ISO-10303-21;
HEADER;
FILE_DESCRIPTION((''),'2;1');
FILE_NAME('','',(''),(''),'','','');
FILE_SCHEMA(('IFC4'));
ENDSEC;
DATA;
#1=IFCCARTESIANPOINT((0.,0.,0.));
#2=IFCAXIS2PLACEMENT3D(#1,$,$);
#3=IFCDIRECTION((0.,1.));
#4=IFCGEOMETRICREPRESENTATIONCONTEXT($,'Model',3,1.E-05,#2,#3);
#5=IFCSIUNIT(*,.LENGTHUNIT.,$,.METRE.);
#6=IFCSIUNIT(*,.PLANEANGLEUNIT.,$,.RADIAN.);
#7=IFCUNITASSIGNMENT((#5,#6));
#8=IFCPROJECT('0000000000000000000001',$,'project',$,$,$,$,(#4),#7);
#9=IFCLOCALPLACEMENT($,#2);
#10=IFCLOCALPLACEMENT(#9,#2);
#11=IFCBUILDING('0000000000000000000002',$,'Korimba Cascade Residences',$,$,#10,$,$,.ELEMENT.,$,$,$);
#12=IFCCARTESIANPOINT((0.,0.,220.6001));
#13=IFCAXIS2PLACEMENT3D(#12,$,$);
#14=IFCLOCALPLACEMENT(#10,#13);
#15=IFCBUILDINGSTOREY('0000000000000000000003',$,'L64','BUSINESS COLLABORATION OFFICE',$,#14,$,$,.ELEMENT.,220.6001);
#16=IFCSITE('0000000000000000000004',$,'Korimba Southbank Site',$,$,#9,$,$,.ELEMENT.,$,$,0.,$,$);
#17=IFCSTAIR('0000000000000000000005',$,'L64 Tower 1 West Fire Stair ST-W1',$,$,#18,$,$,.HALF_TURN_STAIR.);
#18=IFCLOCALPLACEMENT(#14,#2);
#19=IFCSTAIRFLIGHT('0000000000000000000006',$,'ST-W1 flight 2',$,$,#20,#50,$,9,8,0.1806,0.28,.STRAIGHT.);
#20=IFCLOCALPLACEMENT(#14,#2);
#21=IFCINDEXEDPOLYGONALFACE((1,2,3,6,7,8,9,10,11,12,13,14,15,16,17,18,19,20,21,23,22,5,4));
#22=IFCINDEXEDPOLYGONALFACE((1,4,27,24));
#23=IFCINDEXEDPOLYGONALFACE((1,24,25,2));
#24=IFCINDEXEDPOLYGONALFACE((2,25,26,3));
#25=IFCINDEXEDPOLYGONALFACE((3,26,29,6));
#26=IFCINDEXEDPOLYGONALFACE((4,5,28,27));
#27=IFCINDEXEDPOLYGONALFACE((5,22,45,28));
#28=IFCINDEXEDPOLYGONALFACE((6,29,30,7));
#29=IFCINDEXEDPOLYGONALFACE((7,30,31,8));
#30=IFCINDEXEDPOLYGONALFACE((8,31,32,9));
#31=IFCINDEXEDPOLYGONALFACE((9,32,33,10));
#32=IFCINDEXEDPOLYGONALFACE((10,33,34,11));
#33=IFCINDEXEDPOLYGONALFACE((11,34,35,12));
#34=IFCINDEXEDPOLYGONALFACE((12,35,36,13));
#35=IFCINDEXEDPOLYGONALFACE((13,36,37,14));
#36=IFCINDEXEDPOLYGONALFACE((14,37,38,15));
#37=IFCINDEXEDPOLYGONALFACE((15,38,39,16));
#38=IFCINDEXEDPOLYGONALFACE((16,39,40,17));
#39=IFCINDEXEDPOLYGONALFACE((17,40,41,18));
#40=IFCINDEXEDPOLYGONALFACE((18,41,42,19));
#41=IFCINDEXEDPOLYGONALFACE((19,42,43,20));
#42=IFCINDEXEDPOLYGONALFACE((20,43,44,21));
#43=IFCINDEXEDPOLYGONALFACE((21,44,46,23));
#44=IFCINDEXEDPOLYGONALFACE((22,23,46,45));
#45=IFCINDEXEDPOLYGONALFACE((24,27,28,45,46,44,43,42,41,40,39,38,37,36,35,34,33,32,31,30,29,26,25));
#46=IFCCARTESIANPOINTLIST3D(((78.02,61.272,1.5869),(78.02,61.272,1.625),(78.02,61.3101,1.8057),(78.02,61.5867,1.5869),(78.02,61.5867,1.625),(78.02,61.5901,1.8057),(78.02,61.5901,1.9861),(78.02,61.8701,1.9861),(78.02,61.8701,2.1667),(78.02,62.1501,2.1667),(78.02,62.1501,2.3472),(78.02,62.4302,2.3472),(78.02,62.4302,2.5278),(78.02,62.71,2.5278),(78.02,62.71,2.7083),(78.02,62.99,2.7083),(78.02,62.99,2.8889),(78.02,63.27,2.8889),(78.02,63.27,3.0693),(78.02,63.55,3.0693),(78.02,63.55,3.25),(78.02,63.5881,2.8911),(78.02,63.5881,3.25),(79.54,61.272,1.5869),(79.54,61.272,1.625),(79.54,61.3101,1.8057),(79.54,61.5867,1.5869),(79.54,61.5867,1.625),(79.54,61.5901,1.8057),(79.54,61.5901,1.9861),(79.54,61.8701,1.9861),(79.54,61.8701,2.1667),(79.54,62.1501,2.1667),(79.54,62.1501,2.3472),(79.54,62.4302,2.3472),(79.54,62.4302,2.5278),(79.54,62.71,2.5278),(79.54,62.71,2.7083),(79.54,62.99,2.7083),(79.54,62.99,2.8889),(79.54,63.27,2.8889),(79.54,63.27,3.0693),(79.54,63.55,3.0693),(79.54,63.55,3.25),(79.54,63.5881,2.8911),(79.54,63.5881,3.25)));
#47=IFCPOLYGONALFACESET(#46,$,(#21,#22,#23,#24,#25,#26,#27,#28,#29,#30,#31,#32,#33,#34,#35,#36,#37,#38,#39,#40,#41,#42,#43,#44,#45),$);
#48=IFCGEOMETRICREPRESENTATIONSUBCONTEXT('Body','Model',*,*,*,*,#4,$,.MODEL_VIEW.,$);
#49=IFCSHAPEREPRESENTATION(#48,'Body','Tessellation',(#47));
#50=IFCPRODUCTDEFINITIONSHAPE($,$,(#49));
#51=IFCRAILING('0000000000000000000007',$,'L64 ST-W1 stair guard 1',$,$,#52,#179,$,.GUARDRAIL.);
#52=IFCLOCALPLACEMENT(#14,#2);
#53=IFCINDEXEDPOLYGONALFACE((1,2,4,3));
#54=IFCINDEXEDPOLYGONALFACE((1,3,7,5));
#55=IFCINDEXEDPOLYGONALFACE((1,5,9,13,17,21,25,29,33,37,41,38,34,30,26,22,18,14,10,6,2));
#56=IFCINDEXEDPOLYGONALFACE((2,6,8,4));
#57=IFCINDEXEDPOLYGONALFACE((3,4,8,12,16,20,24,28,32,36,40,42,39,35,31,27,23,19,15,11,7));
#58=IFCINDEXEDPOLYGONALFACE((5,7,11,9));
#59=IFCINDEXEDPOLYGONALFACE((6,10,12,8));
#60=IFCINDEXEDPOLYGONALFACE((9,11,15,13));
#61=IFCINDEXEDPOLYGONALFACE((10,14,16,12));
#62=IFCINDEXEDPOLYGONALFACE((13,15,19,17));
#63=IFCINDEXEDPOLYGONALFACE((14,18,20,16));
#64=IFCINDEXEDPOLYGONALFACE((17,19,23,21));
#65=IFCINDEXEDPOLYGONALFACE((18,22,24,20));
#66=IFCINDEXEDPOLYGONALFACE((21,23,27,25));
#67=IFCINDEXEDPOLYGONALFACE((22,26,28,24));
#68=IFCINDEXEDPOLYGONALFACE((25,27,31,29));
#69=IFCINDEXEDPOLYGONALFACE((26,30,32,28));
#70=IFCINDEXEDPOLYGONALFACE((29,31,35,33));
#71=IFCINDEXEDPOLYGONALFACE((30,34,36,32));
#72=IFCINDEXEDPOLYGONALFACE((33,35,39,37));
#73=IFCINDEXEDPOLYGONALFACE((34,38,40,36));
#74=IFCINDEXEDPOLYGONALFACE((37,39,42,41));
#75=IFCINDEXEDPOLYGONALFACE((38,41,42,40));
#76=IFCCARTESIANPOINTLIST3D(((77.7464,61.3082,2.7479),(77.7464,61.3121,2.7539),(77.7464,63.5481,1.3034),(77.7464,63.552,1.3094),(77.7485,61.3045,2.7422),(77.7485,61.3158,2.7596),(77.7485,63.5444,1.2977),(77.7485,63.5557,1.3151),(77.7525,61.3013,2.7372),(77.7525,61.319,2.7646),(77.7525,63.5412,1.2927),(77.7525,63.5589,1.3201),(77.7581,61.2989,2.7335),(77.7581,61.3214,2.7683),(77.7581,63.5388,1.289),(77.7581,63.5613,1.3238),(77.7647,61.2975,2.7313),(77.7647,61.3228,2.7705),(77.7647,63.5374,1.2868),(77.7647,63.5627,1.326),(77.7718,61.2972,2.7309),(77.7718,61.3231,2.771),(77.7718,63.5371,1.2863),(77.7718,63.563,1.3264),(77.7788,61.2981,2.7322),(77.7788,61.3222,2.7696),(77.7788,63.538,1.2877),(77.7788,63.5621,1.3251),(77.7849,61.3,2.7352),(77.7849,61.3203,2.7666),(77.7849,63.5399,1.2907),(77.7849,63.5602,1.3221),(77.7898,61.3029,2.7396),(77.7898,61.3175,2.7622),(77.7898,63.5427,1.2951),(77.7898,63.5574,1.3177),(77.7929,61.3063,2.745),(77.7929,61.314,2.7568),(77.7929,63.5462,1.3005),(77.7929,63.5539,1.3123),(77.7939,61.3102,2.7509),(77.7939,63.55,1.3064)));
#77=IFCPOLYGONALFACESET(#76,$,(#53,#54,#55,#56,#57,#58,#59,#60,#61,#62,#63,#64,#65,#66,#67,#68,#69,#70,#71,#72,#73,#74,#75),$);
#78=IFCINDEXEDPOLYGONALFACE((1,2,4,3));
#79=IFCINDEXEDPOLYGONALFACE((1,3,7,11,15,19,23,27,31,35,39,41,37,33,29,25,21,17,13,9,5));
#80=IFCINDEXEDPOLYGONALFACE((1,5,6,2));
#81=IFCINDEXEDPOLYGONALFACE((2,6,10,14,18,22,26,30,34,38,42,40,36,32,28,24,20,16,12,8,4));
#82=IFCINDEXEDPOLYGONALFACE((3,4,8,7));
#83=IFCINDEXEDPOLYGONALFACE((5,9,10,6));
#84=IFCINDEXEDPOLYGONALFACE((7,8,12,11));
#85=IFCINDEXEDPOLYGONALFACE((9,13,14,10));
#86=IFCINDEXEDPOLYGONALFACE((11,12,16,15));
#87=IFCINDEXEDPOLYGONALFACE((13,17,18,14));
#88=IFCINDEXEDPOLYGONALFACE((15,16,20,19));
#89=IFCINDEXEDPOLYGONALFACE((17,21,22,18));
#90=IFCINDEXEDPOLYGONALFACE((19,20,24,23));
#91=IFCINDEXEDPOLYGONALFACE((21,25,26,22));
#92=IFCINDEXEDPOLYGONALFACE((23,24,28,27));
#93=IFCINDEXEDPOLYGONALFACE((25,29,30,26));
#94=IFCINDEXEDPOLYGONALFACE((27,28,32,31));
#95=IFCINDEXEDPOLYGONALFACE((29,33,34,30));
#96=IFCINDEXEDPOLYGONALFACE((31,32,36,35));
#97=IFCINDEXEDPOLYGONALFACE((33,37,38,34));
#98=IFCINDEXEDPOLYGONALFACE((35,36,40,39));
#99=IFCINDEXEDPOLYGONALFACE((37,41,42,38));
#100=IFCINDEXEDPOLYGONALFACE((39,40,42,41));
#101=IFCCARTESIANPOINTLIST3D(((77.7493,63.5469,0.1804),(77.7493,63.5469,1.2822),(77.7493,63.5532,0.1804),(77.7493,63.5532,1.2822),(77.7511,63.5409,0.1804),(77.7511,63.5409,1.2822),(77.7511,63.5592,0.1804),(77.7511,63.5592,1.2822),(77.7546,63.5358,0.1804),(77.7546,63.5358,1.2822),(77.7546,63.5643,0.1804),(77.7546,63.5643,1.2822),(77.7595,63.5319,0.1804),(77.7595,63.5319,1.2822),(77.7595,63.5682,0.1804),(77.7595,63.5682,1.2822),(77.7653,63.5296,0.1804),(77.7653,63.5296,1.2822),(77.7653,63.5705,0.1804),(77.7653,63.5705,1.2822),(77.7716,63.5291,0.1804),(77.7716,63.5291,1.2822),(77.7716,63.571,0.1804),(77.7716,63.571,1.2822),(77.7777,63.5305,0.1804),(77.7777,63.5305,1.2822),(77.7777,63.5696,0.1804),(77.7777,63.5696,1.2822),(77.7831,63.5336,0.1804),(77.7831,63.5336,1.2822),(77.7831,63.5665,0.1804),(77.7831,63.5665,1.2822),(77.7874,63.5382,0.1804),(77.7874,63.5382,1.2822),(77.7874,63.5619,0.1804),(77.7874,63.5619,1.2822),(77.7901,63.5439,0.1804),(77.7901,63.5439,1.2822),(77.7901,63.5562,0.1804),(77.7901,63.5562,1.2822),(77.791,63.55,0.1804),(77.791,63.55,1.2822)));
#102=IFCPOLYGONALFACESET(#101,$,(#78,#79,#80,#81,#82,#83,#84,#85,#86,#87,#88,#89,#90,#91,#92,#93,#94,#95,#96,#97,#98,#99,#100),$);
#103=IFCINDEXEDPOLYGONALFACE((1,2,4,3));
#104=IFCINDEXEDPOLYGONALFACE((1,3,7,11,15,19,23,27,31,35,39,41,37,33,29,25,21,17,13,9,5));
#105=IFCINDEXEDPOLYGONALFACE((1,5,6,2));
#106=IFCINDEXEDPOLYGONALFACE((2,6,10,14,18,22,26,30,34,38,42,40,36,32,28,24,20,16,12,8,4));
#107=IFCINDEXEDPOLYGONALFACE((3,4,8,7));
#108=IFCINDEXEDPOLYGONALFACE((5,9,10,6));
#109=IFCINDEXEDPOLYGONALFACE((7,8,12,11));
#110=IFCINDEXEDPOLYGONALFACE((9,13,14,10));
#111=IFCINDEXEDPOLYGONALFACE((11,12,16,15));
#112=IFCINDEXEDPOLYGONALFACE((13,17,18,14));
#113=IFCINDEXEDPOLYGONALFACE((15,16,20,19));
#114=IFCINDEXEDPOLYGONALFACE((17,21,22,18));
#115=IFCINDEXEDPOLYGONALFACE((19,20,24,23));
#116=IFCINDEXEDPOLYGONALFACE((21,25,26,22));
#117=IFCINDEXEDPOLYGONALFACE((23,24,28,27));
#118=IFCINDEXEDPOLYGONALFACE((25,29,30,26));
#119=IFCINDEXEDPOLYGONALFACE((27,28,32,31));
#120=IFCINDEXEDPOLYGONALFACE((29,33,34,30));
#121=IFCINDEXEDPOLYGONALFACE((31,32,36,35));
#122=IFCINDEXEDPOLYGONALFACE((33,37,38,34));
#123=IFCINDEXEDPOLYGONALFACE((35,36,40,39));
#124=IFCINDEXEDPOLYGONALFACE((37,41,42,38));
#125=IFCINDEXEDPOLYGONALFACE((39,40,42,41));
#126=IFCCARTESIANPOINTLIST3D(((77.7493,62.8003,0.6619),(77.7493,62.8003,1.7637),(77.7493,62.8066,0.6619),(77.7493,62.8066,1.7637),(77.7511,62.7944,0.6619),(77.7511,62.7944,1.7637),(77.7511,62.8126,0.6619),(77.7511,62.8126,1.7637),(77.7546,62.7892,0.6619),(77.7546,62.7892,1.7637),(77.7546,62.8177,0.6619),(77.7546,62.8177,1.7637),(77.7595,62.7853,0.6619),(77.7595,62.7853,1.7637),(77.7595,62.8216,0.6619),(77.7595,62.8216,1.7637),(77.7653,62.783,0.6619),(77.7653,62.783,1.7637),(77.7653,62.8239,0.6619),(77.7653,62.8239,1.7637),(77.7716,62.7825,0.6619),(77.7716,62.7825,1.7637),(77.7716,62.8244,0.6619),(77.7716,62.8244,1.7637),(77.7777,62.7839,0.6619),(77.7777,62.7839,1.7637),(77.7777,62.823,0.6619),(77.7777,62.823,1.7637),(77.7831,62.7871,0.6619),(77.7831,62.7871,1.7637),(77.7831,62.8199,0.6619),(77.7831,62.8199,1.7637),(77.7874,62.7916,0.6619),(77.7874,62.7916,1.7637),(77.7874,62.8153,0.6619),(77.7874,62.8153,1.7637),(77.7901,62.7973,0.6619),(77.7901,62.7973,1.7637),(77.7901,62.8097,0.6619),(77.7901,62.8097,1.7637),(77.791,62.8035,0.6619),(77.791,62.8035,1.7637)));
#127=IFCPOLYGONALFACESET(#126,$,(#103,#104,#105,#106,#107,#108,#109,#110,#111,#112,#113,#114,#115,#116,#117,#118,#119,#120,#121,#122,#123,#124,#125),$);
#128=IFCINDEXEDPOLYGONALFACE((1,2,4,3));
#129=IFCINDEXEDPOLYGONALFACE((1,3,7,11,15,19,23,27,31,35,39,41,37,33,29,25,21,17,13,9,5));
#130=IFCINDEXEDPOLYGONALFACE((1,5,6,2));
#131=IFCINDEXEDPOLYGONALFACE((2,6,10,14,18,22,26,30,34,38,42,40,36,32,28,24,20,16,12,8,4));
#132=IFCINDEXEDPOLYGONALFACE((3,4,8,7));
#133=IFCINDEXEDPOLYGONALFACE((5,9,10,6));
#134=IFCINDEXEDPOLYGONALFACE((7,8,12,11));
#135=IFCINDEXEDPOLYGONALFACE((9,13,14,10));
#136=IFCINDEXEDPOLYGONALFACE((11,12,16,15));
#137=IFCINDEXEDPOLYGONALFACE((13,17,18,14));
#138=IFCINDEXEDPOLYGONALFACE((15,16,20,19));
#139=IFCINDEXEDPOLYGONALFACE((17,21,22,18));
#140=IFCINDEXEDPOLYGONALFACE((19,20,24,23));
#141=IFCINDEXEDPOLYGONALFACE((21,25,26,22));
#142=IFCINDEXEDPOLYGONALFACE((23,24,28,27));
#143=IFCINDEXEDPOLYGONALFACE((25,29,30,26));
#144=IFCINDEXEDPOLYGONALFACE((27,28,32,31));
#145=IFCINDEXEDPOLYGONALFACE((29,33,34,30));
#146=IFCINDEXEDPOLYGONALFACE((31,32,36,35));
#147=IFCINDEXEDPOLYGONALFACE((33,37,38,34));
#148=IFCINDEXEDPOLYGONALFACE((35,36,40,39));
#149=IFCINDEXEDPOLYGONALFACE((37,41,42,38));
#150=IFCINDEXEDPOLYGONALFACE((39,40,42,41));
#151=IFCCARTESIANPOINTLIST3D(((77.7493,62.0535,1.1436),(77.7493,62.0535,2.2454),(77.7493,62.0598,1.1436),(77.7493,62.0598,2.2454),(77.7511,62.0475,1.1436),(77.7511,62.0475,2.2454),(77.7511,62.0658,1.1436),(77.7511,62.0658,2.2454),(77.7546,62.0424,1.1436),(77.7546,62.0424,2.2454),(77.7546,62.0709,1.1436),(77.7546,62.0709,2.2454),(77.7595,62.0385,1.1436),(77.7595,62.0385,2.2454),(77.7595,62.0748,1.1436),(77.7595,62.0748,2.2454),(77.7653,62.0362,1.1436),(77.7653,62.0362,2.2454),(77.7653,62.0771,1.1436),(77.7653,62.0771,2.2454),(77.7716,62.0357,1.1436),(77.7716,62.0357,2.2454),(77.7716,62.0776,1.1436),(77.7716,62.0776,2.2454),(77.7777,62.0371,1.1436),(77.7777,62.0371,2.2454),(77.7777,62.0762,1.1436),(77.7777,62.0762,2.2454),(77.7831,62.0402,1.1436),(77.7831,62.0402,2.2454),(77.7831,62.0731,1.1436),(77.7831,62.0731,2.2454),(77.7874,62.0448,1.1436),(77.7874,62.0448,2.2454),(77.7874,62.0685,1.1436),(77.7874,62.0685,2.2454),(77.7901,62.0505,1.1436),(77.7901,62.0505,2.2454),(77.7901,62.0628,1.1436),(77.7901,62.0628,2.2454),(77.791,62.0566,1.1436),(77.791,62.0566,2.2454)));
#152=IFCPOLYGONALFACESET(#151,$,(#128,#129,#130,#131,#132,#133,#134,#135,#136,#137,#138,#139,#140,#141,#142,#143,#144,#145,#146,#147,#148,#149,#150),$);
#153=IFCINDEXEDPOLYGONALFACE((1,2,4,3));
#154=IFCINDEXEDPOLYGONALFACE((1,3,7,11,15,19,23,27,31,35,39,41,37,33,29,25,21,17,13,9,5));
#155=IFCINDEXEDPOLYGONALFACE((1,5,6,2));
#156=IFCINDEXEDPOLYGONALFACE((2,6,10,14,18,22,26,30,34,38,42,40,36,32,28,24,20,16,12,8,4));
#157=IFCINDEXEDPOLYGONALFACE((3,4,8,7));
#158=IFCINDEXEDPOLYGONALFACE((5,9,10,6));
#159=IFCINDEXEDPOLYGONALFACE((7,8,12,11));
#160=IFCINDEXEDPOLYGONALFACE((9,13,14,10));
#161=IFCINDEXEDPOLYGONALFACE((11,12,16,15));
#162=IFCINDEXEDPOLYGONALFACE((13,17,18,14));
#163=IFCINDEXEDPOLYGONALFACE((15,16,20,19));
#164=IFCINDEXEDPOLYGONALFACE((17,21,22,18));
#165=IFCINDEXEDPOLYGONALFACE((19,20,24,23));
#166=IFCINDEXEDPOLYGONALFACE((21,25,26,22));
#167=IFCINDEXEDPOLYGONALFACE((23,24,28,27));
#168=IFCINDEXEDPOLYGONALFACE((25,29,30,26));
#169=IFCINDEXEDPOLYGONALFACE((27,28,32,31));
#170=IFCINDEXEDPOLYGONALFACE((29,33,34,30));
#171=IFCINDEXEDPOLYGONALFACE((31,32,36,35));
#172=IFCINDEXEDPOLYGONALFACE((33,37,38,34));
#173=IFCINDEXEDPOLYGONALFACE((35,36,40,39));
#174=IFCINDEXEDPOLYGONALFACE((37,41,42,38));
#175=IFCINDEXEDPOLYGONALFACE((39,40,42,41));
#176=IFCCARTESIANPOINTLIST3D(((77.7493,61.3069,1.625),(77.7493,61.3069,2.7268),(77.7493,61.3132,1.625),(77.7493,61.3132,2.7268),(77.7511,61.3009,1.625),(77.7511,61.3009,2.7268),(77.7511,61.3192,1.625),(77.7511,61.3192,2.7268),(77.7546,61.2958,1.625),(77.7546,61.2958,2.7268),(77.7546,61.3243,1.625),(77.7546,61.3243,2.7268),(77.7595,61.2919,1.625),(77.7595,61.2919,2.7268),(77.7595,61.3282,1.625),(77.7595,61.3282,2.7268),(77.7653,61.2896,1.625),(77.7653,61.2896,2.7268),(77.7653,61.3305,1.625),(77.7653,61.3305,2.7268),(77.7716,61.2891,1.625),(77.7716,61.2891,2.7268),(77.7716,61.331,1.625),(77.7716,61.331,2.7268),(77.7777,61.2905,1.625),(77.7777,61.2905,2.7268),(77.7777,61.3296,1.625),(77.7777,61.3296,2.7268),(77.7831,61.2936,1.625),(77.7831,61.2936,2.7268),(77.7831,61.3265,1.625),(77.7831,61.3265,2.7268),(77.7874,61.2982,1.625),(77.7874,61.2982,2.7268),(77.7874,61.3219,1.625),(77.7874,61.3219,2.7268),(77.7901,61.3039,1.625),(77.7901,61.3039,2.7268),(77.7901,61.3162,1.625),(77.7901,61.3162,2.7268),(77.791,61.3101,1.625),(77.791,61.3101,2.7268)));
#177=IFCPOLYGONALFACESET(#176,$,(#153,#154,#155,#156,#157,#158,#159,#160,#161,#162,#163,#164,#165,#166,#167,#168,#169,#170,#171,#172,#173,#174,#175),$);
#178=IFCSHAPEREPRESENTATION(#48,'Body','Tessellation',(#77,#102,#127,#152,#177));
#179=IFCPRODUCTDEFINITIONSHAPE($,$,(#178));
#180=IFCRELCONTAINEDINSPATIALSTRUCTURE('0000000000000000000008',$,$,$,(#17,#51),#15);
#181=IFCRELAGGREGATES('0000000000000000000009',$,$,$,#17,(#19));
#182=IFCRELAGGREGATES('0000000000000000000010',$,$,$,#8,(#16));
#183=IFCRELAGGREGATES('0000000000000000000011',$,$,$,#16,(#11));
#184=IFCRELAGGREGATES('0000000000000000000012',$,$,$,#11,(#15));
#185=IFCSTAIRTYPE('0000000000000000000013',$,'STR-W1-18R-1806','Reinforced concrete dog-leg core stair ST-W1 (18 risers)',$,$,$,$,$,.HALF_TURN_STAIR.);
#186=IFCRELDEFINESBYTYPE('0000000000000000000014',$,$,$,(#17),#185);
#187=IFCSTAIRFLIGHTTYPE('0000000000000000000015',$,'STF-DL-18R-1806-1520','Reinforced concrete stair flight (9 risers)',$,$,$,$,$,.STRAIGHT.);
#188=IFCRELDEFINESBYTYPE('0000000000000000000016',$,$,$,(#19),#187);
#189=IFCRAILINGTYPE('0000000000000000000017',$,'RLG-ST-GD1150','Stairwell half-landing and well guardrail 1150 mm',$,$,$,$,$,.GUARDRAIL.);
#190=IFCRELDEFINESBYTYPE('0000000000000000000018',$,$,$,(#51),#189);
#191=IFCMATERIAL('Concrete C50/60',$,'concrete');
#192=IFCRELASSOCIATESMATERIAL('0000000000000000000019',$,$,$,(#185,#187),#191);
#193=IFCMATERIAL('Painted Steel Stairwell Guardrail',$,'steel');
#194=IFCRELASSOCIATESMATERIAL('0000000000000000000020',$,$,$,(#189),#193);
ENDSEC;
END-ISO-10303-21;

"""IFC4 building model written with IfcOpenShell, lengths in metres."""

from ifc_helpers import new_model, si_unit, direction, frame, origin, origin_2d, place, context, subcontext, project, spatial, polyline, circle, outline, extrude, material, type_object, element, aggregate, save


model = new_model("IFC4")

# Units and contexts
model_context = context("Model", 3, precision=1e-05, world=origin(), true_north=direction((0.0, 1.0)))
body_context = subcontext(model_context, "Body", "Model", "MODEL_VIEW")
ifc_project = project(units=[si_unit("LENGTHUNIT", "METRE"), si_unit("PLANEANGLEUNIT", "RADIAN")], contexts=[model_context])

# Site, building, storey
site_placement = place(None, origin())
site = spatial("IfcSite", under=ifc_project, at=site_placement, Name="Korimba Southbank Site", CompositionType="ELEMENT", RefElevation=0.0)
building_placement = place(site_placement, origin())
building = spatial("IfcBuilding", under=site, at=building_placement, Name="Korimba Cascade Residences", CompositionType="ELEMENT")
storey_placement = place(building_placement, frame((0.0, 0.0, 220.6001)))
storey = spatial("IfcBuildingStorey", under=building, at=storey_placement, Name="L64", Description="BUSINESS COLLABORATION OFFICE", CompositionType="ELEMENT", Elevation=220.6001)

# Shared definitions
ifc_material_1 = material(Name="Concrete C50/60", Category="concrete")

# Stair, stair flight
stair_type = type_object("IfcStairType", Name="STR-W1-18R-1806", Description="Reinforced concrete dog-leg core stair ST-W1 (18 risers)", PredefinedType="HALF_TURN_STAIR", material=ifc_material_1)
stair_placement = place(storey_placement, origin())
stair = element("IfcStair", 1, at=stair_placement, inside=storey, type_object=stair_type, Name="L64 Tower 1 West Fire Stair ST-W1", PredefinedType="HALF_TURN_STAIR")
stair_flight_type = type_object("IfcStairFlightType", Name="STF-DL-18R-1806-1520", Description="Reinforced concrete stair flight (9 risers)", PredefinedType="STRAIGHT", material=ifc_material_1)
stair_flight_1_placement = place(storey_placement, frame((78.78, 61.3101, 1.625), z_axis=(0.0, 0.0, 1.0), x_axis=(0.0, 1.0, 0.0)))
stair_flight_1 = element("IfcStairFlight", 2, at=stair_flight_1_placement, type_object=stair_flight_type, Name="ST-W1 flight 2", NumberOfRisers=9, NumberOfTreads=8, PredefinedType="STRAIGHT", RiserHeight=0.1806, TreadLength=0.28, context=body_context, shape_type="SweptSolid", body=[
    extrude(outline(polyline([(-0.0381, 0.0), (0.0, 0.1807), (0.28, 0.1807), (0.28, 0.3611), (0.5601, 0.3611), (0.5601, 0.5417), (0.8401, 0.5417), (0.8401, 0.7222), (1.1201, 0.7222), (1.1201, 0.9028), (1.3999, 0.9028), (1.3999, 1.0833), (1.6799, 1.0833), (1.6799, 1.2639), (1.96, 1.2639), (1.96, 1.4443), (2.24, 1.4443), (2.24, 1.625), (2.2781, 1.625), (2.2781, 1.2661), (0.2766, 0.0), (0.2766, -0.0381), (-0.0381, -0.0381), (-0.0381, 0.0)])), frame((0.0, 0.76, 0.0), z_axis=(0.0, -1.0, 0.0), x_axis=(1.0, 0.0, 0.0)), (0.0, 0.0, 1.0), 1.52),
])
aggregate(stair, [stair_flight_1])

# Railing
ifc_material_2 = material(Name="Painted Steel Stairwell Guardrail", Category="steel")
railing_type_1 = type_object("IfcRailingType", Name="RLG-ST-GD1150", Description="Stairwell half-landing and well guardrail 1150 mm", PredefinedType="GUARDRAIL", material=ifc_material_2)
railing_1_placement = place(storey_placement, frame((77.77, 63.55, 0.1804)))
element("IfcRailing", 3, at=railing_1_placement, inside=storey, type_object=railing_type_1, Name="L64 ST-W1 stair guard 1", PredefinedType="GUARDRAIL", context=body_context, shape_type="SweptSolid", body=[
    extrude(circle(Radius=0.0239, at=origin_2d()), frame((0.0, 0.0, 1.126), z_axis=(0.0, -0.840395, 0.541975), x_axis=(1.0, 0.0, 0.0)), (0.0, 0.0, 1.0), 2.6653),
    extrude(circle(Radius=0.021, at=origin_2d()), origin(), (0.0, 0.0, 1.0), 1.1018),
    extrude(circle(Radius=0.021, at=origin_2d()), frame((0.0, -0.7466, 0.4814)), (0.0, 0.0, 1.0), 1.1018),
    extrude(circle(Radius=0.021, at=origin_2d()), frame((0.0, -1.4934, 0.9631)), (0.0, 0.0, 1.0), 1.1018),
    extrude(circle(Radius=0.021, at=origin_2d()), frame((0.0, -2.24, 1.4446)), (0.0, 0.0, 1.0), 1.1018),
])

save(model, "model.ifc")
